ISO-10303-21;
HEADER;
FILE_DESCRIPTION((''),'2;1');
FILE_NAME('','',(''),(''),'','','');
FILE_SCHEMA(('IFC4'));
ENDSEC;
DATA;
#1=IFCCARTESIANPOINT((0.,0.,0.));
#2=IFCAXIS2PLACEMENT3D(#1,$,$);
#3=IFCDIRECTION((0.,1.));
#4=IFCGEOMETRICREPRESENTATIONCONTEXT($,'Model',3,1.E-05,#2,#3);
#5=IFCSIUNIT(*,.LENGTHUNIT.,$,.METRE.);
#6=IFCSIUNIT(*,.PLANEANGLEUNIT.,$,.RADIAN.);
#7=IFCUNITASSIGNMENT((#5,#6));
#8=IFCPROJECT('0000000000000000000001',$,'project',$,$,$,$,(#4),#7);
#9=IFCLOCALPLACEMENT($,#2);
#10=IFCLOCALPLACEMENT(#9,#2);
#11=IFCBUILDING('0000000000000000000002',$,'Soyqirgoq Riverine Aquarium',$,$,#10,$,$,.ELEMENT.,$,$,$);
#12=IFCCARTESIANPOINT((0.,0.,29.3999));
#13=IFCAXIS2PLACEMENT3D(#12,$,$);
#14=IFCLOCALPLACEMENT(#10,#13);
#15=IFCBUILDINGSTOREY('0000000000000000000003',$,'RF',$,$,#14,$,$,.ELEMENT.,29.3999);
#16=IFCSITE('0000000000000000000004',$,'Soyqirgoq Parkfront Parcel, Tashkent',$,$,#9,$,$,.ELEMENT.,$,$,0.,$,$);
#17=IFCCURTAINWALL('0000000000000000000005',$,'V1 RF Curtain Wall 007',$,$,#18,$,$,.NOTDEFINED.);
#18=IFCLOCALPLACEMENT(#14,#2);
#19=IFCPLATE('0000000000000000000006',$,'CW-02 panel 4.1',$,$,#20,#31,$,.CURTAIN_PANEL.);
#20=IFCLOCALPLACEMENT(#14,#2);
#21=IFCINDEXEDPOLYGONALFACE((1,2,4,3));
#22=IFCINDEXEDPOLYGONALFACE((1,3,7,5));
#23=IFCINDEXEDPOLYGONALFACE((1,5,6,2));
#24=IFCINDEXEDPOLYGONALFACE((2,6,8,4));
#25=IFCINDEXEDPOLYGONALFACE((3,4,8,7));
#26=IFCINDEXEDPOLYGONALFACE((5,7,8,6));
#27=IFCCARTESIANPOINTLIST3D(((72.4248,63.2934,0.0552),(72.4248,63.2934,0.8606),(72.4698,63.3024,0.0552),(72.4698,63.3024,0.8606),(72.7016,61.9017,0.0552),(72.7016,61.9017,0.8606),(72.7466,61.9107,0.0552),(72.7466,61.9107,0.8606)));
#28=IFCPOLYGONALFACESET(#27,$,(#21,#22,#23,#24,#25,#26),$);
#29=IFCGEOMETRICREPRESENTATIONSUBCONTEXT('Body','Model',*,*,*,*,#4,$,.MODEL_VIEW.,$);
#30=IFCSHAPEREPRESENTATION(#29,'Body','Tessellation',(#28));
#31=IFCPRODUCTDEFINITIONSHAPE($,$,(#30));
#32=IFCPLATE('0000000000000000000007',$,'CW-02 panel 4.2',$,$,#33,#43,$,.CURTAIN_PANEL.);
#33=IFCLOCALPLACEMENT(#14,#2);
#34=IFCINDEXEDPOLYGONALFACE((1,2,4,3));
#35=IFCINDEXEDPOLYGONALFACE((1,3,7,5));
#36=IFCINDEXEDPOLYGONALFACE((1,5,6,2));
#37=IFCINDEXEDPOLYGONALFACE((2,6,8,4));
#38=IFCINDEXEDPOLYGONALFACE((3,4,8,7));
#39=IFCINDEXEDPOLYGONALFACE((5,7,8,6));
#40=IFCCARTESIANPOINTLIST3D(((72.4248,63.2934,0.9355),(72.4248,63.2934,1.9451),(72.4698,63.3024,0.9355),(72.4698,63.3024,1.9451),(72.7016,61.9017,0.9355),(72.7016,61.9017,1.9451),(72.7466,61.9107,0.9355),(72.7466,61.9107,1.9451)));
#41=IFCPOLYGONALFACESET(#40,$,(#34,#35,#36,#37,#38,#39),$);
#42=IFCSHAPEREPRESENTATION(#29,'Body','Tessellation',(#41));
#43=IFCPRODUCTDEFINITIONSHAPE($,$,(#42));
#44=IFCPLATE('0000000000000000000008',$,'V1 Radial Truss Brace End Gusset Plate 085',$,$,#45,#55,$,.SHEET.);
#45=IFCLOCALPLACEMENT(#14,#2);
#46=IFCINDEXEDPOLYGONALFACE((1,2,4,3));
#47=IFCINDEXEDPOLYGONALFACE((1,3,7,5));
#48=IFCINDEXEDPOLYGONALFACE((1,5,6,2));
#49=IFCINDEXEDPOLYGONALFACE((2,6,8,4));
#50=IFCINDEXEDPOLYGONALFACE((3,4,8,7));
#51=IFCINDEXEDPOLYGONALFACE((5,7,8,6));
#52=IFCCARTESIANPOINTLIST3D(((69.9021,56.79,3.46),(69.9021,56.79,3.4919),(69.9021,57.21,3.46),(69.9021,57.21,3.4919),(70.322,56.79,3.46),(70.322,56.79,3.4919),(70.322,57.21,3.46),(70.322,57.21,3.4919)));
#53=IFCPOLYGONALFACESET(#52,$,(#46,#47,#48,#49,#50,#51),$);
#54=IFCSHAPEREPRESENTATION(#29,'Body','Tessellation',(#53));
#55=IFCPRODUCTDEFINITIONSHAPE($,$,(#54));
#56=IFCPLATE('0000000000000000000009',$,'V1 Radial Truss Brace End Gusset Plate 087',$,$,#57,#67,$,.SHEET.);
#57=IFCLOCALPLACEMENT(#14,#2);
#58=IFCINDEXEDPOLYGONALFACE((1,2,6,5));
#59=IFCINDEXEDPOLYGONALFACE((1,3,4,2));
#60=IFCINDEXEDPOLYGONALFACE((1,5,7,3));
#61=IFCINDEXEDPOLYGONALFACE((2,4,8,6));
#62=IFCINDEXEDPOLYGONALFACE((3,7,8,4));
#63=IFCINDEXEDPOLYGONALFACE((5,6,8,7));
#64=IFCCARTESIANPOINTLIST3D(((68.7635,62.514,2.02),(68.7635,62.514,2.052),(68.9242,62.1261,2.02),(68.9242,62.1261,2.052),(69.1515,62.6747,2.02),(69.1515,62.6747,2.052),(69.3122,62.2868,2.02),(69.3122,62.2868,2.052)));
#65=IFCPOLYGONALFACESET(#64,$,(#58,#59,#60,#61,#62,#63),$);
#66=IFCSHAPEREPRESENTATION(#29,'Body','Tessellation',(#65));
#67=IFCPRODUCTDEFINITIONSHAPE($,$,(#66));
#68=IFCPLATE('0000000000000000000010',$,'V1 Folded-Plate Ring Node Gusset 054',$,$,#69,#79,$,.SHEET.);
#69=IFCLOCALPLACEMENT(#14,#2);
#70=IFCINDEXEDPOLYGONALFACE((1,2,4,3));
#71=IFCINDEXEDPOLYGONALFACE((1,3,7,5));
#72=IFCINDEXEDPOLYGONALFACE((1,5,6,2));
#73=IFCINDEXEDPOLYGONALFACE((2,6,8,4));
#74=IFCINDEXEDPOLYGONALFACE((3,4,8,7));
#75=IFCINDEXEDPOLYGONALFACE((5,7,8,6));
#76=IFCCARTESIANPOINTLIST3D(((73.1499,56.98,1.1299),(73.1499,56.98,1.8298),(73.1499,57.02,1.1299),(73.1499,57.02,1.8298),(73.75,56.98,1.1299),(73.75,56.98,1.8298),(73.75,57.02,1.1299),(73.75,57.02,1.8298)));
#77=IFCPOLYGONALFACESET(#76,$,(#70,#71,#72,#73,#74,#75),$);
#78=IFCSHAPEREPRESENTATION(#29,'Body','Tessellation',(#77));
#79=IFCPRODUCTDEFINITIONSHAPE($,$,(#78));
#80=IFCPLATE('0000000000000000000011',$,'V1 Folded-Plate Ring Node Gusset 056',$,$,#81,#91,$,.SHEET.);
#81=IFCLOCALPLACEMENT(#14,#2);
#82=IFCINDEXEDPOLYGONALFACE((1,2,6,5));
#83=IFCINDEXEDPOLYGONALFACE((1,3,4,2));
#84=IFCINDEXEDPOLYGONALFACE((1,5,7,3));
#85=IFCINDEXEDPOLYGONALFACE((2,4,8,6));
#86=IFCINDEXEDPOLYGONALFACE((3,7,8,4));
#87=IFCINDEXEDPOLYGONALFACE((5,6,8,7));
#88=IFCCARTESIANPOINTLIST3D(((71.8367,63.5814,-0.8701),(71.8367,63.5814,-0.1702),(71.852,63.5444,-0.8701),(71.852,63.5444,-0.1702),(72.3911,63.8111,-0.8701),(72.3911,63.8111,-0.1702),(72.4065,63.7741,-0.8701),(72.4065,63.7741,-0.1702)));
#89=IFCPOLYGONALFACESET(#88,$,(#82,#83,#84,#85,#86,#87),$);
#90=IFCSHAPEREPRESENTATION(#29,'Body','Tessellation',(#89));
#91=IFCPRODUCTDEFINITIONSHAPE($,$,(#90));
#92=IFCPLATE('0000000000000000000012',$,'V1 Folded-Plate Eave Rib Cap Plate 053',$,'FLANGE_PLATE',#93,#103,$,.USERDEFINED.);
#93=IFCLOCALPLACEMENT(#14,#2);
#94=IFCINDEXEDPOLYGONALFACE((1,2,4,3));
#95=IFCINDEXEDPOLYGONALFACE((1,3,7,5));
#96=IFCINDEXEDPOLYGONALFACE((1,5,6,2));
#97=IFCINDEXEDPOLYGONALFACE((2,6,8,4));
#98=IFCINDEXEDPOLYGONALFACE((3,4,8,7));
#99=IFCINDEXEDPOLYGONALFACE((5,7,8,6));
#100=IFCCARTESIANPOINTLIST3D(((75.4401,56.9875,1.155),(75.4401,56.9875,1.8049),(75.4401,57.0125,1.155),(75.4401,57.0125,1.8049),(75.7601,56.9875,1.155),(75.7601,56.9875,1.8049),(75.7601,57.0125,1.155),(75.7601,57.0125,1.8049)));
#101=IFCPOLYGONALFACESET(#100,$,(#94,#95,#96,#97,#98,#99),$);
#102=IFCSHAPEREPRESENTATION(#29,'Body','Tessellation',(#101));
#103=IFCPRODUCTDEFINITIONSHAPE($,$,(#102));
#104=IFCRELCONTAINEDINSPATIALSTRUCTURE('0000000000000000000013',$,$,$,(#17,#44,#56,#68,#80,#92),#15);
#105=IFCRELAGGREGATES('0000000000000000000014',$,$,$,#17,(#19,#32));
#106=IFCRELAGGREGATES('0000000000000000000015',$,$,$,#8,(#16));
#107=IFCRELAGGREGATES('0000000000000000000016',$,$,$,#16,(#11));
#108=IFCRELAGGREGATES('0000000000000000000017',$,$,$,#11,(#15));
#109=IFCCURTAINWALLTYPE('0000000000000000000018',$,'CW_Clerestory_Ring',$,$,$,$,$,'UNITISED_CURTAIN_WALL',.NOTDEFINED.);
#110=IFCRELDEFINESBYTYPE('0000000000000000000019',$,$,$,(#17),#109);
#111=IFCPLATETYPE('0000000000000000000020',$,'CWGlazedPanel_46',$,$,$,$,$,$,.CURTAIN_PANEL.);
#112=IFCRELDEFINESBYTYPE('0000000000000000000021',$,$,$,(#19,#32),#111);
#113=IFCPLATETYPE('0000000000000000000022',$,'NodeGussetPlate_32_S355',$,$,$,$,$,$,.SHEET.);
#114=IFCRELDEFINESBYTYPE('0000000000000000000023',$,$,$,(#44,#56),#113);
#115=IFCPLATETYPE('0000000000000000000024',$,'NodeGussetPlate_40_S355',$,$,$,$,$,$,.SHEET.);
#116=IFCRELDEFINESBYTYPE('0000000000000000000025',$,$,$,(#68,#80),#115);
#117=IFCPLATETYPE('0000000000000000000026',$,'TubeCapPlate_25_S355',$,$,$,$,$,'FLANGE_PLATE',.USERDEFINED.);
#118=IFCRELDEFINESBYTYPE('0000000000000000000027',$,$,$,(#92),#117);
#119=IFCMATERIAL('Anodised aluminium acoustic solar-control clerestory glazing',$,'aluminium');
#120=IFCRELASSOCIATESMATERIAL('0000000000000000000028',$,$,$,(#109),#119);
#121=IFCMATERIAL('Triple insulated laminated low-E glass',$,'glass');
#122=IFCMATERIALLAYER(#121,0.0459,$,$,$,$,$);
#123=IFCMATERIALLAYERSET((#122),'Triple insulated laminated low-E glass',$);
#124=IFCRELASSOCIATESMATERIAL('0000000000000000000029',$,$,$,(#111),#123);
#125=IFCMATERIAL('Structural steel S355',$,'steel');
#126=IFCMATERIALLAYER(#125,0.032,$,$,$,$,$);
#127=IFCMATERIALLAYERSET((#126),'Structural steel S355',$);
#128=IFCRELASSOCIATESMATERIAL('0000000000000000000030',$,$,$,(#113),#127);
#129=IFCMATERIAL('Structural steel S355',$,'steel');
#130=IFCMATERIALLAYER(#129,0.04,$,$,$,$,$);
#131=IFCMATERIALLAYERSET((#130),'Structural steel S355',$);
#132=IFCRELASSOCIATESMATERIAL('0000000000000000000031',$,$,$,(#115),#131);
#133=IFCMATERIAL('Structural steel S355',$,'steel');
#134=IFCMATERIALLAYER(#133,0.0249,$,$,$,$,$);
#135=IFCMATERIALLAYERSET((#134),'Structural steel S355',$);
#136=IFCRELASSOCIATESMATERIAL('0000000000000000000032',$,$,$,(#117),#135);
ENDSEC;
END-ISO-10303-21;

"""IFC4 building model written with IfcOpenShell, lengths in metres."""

from ifc_helpers import new_model, si_unit, direction, frame, origin, origin_2d, place, context, subcontext, project, spatial, rectangle, extrude, material, layer, layer_set, type_object, element, aggregate, save


model = new_model("IFC4")

# Units and contexts
model_context = context("Model", 3, precision=1e-05, world=origin(), true_north=direction((0.0, 1.0)))
body_context = subcontext(model_context, "Body", "Model", "MODEL_VIEW")
ifc_project = project(units=[si_unit("LENGTHUNIT", "METRE"), si_unit("PLANEANGLEUNIT", "RADIAN")], contexts=[model_context])

# Site, building, storey
site_placement = place(None, origin())
site = spatial("IfcSite", under=ifc_project, at=site_placement, Name="Soyqirgoq Parkfront Parcel, Tashkent", CompositionType="ELEMENT", RefElevation=0.0)
building_placement = place(site_placement, origin())
building = spatial("IfcBuilding", under=site, at=building_placement, Name="Soyqirgoq Riverine Aquarium", CompositionType="ELEMENT")
storey_placement = place(building_placement, frame((0.0, 0.0, 29.3999)))
storey = spatial("IfcBuildingStorey", under=building, at=storey_placement, Name="RF", CompositionType="ELEMENT", Elevation=29.3999)

# Curtain wall
ifc_material_1 = material(Name="Anodised aluminium acoustic solar-control clerestory glazing", Category="aluminium")
curtain_wall_type = type_object("IfcCurtainWallType", Name="CW_Clerestory_Ring", ElementType="UNITISED_CURTAIN_WALL", PredefinedType="NOTDEFINED", material=ifc_material_1)
curtain_wall_placement = place(storey_placement, origin())
curtain_wall = element("IfcCurtainWall", 1, at=curtain_wall_placement, inside=storey, type_object=curtain_wall_type, Name="V1 RF Curtain Wall 007", PredefinedType="NOTDEFINED")

# Plates
ifc_material_2 = material(Name="Triple insulated laminated low-E glass", Category="glass")
ifc_layer_1 = layer(ifc_material_2, 0.0459)
ifc_layer_set_1 = layer_set([ifc_layer_1], Name="Triple insulated laminated low-E glass")
plate_type_1 = type_object("IfcPlateType", Name="CWGlazedPanel_46", PredefinedType="CURTAIN_PANEL", material=ifc_layer_set_1)
plate_1_placement = place(storey_placement, frame((72.5857, 62.6021, 0.0552), z_axis=(0.0, 0.0, 1.0), x_axis=(-0.195095, 0.980784, 0.0)))
plate_1 = element("IfcPlate", 2, at=plate_1_placement, type_object=plate_type_1, Name="CW-02 panel 4.1", PredefinedType="CURTAIN_PANEL", context=body_context, shape_type="SweptSolid", body=[
    extrude(rectangle(XDim=1.4189, YDim=0.0459, at=origin_2d()), origin(), (0.0, 0.0, 1.0), 0.8054),
])
plate_2_placement = place(storey_placement, frame((72.5857, 62.6021, 0.9355), z_axis=(0.0, 0.0, 1.0), x_axis=(-0.195095, 0.980784, 0.0)))
plate_2 = element("IfcPlate", 3, at=plate_2_placement, type_object=plate_type_1, Name="CW-02 panel 4.2", PredefinedType="CURTAIN_PANEL", context=body_context, shape_type="SweptSolid", body=[
    extrude(rectangle(XDim=1.4189, YDim=0.0459, at=origin_2d()), origin(), (0.0, 0.0, 1.0), 1.0095),
])
aggregate(curtain_wall, [plate_1, plate_2])

# Plates
ifc_material_3 = material(Name="Structural steel S355", Category="steel")
ifc_layer_2 = layer(ifc_material_3, 0.032)
ifc_layer_set_2 = layer_set([ifc_layer_2], Name="Structural steel S355")
plate_type_2 = type_object("IfcPlateType", Name="NodeGussetPlate_32_S355", PredefinedType="SHEET", material=ifc_layer_set_2)
for number, where, z_axis, x_axis, name in (
    (4, (70.1121, 57.0, 3.46), (0.0, 0.0, 1.0), (1.0, 0.0, 0.0), "V1 Radial Truss Brace End Gusset Plate 085"),
    (5, (69.0378, 62.4004, 2.02), (0.0, 0.0, 1.0), (0.92388, 0.382683, 0.0), "V1 Radial Truss Brace End Gusset Plate 087"),
):
    element("IfcPlate", number, at=place(storey_placement, frame(where, z_axis=z_axis, x_axis=x_axis)), inside=storey, type_object=plate_type_2, Name=name, PredefinedType="SHEET", context=body_context, shape_type="SweptSolid", body=[
        extrude(rectangle(XDim=0.4199, YDim=0.4199, at=origin_2d()), origin(), (0.0, 0.0, 1.0), 0.032),
    ])
ifc_material_4 = material(Name="Structural steel S355", Category="steel")
ifc_layer_3 = layer(ifc_material_4, 0.04)
ifc_layer_set_3 = layer_set([ifc_layer_3], Name="Structural steel S355")
plate_type_3 = type_object("IfcPlateType", Name="NodeGussetPlate_40_S355", PredefinedType="SHEET", material=ifc_layer_set_3)
for number, where, z_axis, x_axis, name in (
    (6, (73.45, 57.0, 1.1299), (0.0, 0.0, 1.0), (1.0, 0.0, 0.0), "V1 Folded-Plate Ring Node Gusset 054"),
    (7, (72.1216, 63.6777, -0.8701), (0.0, 0.0, 1.0), (0.92388, 0.382683, 0.0), "V1 Folded-Plate Ring Node Gusset 056"),
):
    element("IfcPlate", number, at=place(storey_placement, frame(where, z_axis=z_axis, x_axis=x_axis)), inside=storey, type_object=plate_type_3, Name=name, PredefinedType="SHEET", context=body_context, shape_type="SweptSolid", body=[
        extrude(rectangle(XDim=0.6001, YDim=0.04, at=origin_2d()), origin(), (0.0, 0.0, 1.0), 0.7),
    ])
ifc_material_5 = material(Name="Structural steel S355", Category="steel")
ifc_layer_4 = layer(ifc_material_5, 0.0249)
ifc_layer_set_4 = layer_set([ifc_layer_4], Name="Structural steel S355")
plate_type_4 = type_object("IfcPlateType", Name="TubeCapPlate_25_S355", ElementType="FLANGE_PLATE", PredefinedType="USERDEFINED", material=ifc_layer_set_4)
plate_3_placement = place(storey_placement, frame((75.6001, 57.0, 1.155), z_axis=(0.0, 0.0, 1.0), x_axis=(1.0, 0.0, 0.0)))
element("IfcPlate", 8, at=plate_3_placement, inside=storey, type_object=plate_type_4, Name="V1 Folded-Plate Eave Rib Cap Plate 053", ObjectType="FLANGE_PLATE", PredefinedType="USERDEFINED", context=body_context, shape_type="SweptSolid", body=[
    extrude(rectangle(XDim=0.3201, YDim=0.0249, at=origin_2d()), origin(), (0.0, 0.0, 1.0), 0.6499),
])

save(model, "model.ifc")
